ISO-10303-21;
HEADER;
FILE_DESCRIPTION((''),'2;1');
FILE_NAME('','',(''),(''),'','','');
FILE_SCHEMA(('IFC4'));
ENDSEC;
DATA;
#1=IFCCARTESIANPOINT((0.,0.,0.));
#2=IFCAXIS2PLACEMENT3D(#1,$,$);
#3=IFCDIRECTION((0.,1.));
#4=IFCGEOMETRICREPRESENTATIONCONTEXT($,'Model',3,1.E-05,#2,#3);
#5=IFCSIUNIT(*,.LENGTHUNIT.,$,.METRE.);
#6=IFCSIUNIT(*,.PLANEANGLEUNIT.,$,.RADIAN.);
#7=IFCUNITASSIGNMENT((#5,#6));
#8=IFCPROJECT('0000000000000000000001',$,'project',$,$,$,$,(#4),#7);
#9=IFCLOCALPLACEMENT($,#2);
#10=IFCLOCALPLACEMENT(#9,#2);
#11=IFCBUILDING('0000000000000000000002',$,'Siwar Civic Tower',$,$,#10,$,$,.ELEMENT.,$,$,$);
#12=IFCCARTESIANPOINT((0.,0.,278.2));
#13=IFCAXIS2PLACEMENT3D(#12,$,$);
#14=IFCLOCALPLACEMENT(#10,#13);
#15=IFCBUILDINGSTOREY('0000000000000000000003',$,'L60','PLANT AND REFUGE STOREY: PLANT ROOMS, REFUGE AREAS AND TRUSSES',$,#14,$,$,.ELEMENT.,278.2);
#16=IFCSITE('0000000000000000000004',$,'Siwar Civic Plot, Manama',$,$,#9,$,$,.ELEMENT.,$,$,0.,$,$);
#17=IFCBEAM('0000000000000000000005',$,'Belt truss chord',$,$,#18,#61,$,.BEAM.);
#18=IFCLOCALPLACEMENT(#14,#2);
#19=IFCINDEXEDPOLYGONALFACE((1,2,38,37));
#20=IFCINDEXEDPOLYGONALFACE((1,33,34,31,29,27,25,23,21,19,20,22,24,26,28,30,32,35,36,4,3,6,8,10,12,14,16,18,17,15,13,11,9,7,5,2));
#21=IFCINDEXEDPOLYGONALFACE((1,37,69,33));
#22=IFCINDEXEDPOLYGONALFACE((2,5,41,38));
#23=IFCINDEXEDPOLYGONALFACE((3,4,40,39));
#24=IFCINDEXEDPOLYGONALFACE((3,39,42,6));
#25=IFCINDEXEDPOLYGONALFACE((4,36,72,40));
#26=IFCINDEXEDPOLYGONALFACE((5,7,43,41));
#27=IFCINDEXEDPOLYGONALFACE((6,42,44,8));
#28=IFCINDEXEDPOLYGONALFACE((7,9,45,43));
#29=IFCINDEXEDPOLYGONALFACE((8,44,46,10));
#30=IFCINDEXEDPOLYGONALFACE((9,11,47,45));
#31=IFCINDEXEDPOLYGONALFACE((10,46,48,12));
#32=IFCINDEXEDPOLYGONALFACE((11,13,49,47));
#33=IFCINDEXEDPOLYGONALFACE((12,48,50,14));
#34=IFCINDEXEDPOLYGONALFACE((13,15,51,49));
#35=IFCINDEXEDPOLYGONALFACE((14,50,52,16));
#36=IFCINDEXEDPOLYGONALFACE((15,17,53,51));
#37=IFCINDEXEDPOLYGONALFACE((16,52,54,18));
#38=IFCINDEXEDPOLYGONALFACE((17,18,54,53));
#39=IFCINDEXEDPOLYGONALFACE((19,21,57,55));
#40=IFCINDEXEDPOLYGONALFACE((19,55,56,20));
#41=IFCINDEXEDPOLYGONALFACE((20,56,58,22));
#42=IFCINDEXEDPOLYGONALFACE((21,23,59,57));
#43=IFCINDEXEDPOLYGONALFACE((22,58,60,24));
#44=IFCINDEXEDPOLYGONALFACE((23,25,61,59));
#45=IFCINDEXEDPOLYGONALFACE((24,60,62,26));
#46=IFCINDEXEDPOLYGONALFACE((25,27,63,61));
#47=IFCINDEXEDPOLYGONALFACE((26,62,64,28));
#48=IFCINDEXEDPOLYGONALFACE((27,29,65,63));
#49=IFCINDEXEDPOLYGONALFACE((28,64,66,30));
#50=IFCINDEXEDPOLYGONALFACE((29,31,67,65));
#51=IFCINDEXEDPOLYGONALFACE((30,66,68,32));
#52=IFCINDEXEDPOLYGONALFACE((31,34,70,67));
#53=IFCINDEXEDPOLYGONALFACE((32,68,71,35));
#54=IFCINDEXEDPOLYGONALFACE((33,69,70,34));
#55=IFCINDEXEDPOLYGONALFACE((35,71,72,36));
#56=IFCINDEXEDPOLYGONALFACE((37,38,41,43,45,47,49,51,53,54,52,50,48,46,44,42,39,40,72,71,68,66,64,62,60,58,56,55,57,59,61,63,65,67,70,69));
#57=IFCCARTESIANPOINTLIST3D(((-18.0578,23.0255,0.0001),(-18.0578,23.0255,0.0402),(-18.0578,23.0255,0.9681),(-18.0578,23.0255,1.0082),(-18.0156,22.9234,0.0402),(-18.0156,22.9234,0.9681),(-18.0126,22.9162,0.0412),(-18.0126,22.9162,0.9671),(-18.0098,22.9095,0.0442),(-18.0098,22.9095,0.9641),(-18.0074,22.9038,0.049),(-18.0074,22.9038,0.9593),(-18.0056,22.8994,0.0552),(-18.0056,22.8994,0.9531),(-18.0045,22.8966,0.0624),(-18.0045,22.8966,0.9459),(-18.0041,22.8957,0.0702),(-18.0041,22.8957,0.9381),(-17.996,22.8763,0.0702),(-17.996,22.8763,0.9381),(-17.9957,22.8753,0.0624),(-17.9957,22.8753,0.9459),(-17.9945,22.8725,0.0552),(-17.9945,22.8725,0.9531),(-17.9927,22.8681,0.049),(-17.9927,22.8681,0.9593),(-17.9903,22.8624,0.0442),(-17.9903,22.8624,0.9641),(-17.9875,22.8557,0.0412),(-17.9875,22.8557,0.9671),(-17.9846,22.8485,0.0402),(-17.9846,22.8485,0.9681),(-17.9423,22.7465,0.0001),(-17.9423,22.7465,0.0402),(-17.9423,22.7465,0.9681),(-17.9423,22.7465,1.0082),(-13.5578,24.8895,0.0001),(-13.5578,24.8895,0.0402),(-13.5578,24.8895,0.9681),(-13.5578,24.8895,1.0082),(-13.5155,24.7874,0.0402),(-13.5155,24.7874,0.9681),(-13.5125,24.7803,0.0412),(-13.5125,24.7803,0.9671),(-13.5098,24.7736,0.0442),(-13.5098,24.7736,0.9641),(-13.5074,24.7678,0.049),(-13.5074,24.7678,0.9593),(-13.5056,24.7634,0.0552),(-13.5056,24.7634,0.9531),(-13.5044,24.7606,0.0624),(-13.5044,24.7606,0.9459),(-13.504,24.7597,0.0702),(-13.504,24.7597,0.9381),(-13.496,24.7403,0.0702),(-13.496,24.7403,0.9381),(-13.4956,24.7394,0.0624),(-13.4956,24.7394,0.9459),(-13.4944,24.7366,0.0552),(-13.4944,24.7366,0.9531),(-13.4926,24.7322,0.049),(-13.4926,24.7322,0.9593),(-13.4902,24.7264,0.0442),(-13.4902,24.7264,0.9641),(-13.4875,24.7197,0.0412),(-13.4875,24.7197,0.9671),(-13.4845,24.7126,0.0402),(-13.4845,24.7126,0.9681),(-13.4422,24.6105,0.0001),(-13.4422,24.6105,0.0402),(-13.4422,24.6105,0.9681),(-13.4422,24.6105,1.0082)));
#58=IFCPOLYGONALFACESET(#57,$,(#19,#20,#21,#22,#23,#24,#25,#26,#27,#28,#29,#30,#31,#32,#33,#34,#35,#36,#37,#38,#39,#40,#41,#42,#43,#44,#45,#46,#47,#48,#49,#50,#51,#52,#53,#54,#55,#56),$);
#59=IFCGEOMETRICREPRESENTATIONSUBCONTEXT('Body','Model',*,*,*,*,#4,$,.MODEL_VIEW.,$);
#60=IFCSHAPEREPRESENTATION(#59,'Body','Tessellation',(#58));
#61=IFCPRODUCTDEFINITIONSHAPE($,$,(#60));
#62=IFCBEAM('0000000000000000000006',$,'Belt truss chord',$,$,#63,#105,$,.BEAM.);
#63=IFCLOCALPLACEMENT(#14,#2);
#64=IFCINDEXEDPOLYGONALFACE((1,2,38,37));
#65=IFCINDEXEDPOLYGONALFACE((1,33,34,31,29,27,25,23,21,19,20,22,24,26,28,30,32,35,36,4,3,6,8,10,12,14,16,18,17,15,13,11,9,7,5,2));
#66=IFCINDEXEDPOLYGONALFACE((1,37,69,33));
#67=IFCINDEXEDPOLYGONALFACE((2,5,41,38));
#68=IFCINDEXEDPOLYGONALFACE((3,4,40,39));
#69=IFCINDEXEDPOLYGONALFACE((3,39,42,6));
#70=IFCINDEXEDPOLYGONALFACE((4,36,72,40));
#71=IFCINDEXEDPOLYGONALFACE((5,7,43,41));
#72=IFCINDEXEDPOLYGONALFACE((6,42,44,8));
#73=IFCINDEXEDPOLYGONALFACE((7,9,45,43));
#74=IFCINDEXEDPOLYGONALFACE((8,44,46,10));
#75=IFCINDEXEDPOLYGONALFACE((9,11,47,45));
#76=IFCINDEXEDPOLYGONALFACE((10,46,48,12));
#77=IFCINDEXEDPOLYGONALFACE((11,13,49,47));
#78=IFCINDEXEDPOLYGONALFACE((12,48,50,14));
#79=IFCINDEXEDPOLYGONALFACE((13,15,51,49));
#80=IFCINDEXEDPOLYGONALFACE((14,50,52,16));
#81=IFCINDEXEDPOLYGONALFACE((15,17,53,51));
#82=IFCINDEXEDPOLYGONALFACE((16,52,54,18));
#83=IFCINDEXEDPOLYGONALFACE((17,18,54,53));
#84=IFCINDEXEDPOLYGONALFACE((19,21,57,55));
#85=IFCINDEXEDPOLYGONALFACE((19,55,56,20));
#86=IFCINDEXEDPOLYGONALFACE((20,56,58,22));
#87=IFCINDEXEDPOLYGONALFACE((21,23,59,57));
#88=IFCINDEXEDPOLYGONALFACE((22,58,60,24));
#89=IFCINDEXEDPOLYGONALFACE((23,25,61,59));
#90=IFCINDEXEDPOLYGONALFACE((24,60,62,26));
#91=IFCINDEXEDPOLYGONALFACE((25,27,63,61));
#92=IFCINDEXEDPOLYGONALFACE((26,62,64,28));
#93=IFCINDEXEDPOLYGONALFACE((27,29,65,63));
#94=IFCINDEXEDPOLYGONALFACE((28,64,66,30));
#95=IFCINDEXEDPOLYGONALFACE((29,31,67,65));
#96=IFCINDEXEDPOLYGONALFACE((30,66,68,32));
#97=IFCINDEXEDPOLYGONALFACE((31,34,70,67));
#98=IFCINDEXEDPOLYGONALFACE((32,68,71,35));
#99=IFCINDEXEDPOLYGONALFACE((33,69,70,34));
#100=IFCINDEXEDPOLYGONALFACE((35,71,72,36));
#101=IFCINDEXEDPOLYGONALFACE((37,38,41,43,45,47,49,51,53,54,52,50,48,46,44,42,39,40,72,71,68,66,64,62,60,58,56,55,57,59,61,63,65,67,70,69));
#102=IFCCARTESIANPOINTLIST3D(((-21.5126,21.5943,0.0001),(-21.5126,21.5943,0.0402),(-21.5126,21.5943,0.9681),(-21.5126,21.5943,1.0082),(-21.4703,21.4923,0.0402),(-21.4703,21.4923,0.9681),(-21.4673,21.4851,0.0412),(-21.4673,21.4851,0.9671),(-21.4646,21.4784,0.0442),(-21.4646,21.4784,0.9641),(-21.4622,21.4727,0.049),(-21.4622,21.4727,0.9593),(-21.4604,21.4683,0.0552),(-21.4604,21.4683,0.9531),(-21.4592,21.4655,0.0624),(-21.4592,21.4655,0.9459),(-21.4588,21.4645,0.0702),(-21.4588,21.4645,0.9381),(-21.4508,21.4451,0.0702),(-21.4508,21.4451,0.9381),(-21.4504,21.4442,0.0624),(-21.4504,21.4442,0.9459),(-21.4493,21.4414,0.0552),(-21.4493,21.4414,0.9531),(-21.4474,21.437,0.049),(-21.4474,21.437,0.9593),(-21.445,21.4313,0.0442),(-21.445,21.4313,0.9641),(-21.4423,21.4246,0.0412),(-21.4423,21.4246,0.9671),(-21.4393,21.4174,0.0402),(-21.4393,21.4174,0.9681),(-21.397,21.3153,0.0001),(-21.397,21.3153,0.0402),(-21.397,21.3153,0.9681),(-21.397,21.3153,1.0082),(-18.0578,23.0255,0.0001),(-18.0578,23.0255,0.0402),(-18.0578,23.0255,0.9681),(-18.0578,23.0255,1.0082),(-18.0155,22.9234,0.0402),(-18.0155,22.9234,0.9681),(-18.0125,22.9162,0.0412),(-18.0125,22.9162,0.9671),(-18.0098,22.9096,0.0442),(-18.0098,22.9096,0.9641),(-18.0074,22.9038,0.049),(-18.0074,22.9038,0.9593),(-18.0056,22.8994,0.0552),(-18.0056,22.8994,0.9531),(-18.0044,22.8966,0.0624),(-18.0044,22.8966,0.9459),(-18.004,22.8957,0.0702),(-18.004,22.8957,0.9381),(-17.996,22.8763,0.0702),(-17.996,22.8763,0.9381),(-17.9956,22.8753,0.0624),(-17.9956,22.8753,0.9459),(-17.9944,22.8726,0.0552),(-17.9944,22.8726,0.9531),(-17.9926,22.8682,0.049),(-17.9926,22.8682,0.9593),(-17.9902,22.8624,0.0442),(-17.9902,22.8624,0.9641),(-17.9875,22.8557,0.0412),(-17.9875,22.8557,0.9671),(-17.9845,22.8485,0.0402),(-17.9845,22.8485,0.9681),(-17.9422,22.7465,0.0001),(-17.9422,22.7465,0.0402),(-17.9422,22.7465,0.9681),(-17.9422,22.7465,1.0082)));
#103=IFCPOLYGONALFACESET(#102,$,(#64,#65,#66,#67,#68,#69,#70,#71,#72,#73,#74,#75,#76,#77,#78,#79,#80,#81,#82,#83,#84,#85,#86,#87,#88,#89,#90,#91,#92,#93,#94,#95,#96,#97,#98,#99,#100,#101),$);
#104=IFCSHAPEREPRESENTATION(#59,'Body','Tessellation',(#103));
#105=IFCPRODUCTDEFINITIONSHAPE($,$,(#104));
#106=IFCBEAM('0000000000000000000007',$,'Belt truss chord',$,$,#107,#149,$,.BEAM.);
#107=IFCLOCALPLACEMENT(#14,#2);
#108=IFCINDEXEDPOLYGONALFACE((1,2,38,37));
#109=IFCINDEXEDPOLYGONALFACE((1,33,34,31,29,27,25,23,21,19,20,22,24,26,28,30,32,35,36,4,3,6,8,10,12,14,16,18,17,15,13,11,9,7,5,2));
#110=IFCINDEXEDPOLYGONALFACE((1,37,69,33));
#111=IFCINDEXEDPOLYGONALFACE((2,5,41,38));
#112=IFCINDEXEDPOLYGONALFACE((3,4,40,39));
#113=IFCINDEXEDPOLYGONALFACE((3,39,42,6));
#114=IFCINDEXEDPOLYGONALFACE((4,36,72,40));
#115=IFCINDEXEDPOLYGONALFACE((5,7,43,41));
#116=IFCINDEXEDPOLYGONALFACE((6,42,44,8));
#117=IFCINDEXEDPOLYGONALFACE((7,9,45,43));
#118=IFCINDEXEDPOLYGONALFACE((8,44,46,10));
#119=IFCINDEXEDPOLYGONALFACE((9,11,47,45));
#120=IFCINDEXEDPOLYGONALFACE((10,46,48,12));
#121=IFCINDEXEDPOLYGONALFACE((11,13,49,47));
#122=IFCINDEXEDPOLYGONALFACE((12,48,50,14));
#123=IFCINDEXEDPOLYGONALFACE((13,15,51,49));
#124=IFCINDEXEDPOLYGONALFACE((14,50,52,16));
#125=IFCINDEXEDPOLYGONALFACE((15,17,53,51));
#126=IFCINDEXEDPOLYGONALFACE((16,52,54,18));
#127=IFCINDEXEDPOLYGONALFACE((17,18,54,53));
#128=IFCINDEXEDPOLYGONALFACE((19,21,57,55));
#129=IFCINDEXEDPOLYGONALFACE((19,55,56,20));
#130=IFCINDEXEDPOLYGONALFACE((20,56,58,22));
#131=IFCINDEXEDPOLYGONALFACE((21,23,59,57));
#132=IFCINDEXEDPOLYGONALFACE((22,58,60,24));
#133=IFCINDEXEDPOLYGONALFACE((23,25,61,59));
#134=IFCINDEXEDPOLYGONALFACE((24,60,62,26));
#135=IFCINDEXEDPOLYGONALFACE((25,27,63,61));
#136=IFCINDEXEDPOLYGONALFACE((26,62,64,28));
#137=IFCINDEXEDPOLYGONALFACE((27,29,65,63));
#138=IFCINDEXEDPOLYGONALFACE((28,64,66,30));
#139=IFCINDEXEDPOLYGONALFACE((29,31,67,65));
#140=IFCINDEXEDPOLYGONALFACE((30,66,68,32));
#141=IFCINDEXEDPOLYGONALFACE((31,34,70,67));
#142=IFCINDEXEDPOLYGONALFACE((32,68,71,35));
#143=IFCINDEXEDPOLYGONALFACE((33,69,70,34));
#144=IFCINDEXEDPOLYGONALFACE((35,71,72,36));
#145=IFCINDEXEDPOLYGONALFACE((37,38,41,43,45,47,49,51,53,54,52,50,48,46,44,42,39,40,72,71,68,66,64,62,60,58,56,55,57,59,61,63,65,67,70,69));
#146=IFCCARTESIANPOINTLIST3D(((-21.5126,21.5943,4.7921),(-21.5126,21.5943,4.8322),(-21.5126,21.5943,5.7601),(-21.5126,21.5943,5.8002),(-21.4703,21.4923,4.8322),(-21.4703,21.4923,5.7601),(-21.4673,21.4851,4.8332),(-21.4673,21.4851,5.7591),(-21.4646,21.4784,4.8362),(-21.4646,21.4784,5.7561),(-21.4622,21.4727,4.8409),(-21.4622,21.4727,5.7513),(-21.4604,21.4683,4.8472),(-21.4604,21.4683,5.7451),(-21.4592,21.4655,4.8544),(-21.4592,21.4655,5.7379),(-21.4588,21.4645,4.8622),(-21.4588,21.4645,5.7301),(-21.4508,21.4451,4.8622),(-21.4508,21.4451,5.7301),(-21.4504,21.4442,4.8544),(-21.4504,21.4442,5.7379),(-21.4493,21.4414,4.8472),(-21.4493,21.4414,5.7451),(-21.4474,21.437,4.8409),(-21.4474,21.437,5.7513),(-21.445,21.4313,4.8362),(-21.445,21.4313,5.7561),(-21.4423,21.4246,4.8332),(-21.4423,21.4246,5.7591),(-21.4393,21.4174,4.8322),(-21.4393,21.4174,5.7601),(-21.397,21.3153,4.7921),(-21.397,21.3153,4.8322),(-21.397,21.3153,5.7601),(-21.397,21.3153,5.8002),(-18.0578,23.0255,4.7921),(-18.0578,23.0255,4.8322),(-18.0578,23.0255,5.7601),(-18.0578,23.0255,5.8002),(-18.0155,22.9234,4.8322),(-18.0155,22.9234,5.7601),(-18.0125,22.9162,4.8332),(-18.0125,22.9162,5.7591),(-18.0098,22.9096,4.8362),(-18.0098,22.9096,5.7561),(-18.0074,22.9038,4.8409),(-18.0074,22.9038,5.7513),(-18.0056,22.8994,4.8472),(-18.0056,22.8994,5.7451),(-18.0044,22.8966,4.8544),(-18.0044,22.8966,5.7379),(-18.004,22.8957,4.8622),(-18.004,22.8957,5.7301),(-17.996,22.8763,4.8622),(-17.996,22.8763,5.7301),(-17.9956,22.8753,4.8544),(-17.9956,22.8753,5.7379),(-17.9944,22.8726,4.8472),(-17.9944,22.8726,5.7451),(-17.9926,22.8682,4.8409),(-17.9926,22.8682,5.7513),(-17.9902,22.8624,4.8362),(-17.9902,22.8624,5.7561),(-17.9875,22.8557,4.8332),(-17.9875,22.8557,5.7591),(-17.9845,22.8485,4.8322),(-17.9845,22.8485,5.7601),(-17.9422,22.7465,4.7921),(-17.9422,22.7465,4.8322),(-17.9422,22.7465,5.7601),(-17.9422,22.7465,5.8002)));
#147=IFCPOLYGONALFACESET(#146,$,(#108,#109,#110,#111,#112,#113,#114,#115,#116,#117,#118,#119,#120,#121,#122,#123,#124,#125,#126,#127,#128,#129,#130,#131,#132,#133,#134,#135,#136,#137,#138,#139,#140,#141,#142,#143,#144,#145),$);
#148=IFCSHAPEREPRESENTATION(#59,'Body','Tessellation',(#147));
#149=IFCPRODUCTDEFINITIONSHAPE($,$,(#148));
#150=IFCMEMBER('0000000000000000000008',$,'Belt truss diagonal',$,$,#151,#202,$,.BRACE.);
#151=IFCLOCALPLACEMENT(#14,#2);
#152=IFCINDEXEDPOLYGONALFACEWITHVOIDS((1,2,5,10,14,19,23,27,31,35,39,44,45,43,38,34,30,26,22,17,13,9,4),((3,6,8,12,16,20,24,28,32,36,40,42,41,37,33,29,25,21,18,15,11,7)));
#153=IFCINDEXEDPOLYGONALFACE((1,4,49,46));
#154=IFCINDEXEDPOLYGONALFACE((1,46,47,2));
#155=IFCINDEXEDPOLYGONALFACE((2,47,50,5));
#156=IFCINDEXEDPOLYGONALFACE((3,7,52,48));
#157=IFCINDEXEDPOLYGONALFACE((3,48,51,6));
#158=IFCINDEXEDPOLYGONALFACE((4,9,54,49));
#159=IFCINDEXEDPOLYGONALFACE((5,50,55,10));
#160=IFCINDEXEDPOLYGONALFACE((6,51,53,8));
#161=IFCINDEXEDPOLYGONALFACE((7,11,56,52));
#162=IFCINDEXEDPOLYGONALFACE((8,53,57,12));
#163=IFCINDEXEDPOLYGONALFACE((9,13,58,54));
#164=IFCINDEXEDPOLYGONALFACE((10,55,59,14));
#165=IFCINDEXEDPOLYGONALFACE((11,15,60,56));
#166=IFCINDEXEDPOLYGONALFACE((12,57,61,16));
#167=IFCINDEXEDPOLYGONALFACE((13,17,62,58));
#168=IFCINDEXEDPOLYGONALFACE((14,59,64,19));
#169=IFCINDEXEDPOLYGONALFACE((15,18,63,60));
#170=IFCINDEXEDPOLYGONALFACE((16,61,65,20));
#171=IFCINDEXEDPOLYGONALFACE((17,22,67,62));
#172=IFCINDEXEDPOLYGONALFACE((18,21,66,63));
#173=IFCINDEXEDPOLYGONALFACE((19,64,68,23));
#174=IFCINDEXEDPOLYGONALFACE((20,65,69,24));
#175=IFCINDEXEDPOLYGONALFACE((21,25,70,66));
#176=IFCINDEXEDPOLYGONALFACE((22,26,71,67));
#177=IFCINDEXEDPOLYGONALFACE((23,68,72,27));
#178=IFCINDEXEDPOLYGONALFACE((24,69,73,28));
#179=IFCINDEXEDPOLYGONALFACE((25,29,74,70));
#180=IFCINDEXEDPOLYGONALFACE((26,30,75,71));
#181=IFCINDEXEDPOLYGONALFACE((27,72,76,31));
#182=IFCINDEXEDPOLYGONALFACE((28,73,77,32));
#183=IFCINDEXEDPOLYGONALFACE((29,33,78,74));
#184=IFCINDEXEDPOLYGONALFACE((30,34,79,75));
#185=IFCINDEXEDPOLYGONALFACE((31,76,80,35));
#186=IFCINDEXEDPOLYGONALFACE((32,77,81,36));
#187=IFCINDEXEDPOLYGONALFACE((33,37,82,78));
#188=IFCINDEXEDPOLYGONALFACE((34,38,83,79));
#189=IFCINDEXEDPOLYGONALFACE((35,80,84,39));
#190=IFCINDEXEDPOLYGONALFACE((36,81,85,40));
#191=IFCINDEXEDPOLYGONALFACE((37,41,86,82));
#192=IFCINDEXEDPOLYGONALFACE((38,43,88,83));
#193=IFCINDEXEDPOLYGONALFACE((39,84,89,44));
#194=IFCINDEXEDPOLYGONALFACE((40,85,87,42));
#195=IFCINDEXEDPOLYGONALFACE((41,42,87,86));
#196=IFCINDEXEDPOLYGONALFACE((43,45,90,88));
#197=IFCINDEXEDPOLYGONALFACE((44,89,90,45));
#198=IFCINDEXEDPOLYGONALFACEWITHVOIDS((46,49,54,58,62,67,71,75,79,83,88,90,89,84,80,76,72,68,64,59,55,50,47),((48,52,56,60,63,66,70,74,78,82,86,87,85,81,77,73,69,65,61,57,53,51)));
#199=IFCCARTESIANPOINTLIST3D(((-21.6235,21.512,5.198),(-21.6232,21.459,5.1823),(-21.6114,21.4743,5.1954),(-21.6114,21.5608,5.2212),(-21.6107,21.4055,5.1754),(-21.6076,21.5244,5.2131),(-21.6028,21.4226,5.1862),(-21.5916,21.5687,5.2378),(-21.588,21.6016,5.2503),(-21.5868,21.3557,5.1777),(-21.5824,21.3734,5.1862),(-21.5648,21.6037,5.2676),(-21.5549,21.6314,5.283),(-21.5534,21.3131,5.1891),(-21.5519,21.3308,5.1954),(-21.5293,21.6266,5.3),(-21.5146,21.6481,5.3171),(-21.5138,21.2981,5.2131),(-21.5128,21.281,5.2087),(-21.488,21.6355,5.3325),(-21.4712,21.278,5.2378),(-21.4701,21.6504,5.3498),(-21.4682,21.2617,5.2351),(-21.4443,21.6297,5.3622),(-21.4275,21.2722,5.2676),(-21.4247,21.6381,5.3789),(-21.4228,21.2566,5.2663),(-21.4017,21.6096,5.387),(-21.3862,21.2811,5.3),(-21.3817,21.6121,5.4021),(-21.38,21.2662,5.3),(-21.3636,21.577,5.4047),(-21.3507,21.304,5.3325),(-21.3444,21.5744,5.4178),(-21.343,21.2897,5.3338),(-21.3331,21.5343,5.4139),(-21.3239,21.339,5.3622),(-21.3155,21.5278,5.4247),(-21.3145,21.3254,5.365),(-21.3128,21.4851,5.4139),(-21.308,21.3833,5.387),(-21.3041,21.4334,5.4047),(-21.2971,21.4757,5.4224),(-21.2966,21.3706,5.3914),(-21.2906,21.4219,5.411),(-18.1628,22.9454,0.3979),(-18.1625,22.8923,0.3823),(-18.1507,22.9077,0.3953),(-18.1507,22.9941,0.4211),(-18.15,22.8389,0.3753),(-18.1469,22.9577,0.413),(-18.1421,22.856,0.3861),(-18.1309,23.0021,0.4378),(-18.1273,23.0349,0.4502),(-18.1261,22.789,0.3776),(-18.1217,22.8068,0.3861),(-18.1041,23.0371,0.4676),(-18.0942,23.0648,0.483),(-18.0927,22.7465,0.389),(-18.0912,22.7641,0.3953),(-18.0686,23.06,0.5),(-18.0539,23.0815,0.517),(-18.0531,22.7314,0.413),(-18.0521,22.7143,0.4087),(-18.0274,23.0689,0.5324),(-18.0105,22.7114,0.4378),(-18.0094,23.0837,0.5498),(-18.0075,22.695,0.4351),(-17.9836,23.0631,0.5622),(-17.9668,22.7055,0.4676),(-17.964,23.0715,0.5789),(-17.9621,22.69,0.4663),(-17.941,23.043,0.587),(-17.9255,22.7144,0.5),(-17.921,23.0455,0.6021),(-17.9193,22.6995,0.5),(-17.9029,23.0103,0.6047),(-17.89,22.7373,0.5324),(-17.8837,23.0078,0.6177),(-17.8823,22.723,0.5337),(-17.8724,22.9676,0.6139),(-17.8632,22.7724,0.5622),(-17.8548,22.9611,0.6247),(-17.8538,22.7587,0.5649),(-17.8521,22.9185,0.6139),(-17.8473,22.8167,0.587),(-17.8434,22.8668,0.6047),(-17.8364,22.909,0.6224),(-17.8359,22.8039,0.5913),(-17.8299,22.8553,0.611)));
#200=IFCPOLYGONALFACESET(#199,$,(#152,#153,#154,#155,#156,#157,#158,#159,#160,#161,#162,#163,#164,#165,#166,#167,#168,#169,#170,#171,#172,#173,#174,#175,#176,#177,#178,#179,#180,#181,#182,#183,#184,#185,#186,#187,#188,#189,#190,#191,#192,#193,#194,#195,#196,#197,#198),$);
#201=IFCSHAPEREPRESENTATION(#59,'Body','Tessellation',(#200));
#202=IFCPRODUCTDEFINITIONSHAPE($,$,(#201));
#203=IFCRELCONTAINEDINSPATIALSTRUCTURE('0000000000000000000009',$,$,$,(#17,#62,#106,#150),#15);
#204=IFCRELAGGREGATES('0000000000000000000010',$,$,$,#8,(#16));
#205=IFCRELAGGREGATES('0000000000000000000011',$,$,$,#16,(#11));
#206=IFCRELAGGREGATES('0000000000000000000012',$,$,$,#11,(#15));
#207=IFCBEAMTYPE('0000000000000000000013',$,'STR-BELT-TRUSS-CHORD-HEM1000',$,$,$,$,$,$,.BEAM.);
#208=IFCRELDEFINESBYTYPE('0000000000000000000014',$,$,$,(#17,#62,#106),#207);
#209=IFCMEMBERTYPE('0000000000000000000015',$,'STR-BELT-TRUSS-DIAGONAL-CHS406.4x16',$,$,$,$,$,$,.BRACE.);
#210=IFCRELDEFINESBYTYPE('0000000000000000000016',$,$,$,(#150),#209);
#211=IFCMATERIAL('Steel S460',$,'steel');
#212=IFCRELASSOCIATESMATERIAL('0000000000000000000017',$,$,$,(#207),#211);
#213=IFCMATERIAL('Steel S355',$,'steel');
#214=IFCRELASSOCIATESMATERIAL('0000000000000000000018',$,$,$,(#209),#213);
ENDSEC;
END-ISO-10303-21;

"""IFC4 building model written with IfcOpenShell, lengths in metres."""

from ifc_helpers import new_model, si_unit, direction, frame, origin, origin_2d, place, context, subcontext, project, spatial, hollow_circle, i_section, extrude, material, material_profile, profile_set, type_object, element, save


model = new_model("IFC4")

# Units and contexts
model_context = context("Model", 3, precision=1e-05, world=origin(), true_north=direction((0.0, 1.0)))
body_context = subcontext(model_context, "Body", "Model", "MODEL_VIEW")
ifc_project = project(units=[si_unit("LENGTHUNIT", "METRE"), si_unit("PLANEANGLEUNIT", "RADIAN")], contexts=[model_context])

# Site, building, storey
site_placement = place(None, origin())
site = spatial("IfcSite", under=ifc_project, at=site_placement, Name="Siwar Civic Plot, Manama", CompositionType="ELEMENT", RefElevation=0.0)
building_placement = place(site_placement, origin())
building = spatial("IfcBuilding", under=site, at=building_placement, Name="Siwar Civic Tower", CompositionType="ELEMENT")
storey_placement = place(building_placement, frame((0.0, 0.0, 278.2)))
storey = spatial("IfcBuildingStorey", under=building, at=storey_placement, Name="L60", Description="PLANT AND REFUGE STOREY: PLANT ROOMS, REFUGE AREAS AND TRUSSES", CompositionType="ELEMENT", Elevation=278.2)

# Beams
ifc_material_1 = material(Name="Steel S460", Category="steel")
ifc_material_profile_1 = material_profile(ifc_material_1, i_section(OverallWidth=0.302, OverallDepth=1.0081, WebThickness=0.021, FlangeThickness=0.04, FilletRadius=0.03, at=origin_2d()), Name="HEM1000")
ifc_profile_set_1 = profile_set([ifc_material_profile_1], Name="Steel S460")
beam_type_1 = type_object("IfcBeamType", Name="STR-BELT-TRUSS-CHORD-HEM1000", PredefinedType="BEAM", material=ifc_profile_set_1)
beam_1_placement = place(storey_placement, frame((-13.5, 24.75, 0.5042), z_axis=(-0.923876, -0.382693, 0.0), x_axis=(0.382693, -0.923876, 0.0)))
element("IfcBeam", 1, at=beam_1_placement, inside=storey, type_object=beam_type_1, Name="Belt truss chord", PredefinedType="BEAM", context=body_context, shape_type="SweptSolid", body=[
    extrude(i_section(OverallWidth=0.302, OverallDepth=1.0081, WebThickness=0.021, FlangeThickness=0.04, FilletRadius=0.03, at=origin_2d()), origin(), (0.0, 0.0, 1.0), 4.8708),
])
for number, where, z_axis, x_axis, name in (
    (2, (-18.0, 22.886, 0.5042), (-0.923869, -0.382709, 0.0), (0.382709, -0.923869, 0.0), "Belt truss chord"),
    (3, (-18.0, 22.886, 5.2961), (-0.923869, -0.382709, 0.0), (0.382709, -0.923869, 0.0), "Belt truss chord"),
):
    element("IfcBeam", number, at=place(storey_placement, frame(where, z_axis=z_axis, x_axis=x_axis)), inside=storey, type_object=beam_type_1, Name=name, PredefinedType="BEAM", context=body_context, shape_type="SweptSolid", body=[
        extrude(i_section(OverallWidth=0.302, OverallDepth=1.0081, WebThickness=0.021, FlangeThickness=0.04, FilletRadius=0.03, at=origin_2d()), origin(), (0.0, 0.0, 1.0), 3.7395),
    ])

# Member
ifc_material_2 = material(Name="Steel S355", Category="steel")
ifc_material_profile_2 = material_profile(ifc_material_2, hollow_circle(Radius=0.2031, WallThickness=0.0161, at=origin_2d()), Name="CHS406.4x16")
ifc_profile_set_2 = profile_set([ifc_material_profile_2], Name="Steel S355")
member_type_1 = type_object("IfcMemberType", Name="STR-BELT-TRUSS-DIAGONAL-CHS406.4x16", PredefinedType="BRACE", material=ifc_profile_set_2)
member_1_placement = place(storey_placement, frame((-17.9971, 22.8872, 0.5), z_axis=(-0.568387, -0.235414, 0.788363), x_axis=(0.382657, -0.923891, 0.0)))
element("IfcMember", 4, at=member_1_placement, inside=storey, type_object=member_type_1, Name="Belt truss diagonal", PredefinedType="BRACE", context=body_context, shape_type="SweptSolid", body=[
    extrude(hollow_circle(Radius=0.2031, WallThickness=0.0161, at=origin_2d()), origin(), (0.0, 0.0, 1.0), 6.0886),
])

save(model, "model.ifc")
